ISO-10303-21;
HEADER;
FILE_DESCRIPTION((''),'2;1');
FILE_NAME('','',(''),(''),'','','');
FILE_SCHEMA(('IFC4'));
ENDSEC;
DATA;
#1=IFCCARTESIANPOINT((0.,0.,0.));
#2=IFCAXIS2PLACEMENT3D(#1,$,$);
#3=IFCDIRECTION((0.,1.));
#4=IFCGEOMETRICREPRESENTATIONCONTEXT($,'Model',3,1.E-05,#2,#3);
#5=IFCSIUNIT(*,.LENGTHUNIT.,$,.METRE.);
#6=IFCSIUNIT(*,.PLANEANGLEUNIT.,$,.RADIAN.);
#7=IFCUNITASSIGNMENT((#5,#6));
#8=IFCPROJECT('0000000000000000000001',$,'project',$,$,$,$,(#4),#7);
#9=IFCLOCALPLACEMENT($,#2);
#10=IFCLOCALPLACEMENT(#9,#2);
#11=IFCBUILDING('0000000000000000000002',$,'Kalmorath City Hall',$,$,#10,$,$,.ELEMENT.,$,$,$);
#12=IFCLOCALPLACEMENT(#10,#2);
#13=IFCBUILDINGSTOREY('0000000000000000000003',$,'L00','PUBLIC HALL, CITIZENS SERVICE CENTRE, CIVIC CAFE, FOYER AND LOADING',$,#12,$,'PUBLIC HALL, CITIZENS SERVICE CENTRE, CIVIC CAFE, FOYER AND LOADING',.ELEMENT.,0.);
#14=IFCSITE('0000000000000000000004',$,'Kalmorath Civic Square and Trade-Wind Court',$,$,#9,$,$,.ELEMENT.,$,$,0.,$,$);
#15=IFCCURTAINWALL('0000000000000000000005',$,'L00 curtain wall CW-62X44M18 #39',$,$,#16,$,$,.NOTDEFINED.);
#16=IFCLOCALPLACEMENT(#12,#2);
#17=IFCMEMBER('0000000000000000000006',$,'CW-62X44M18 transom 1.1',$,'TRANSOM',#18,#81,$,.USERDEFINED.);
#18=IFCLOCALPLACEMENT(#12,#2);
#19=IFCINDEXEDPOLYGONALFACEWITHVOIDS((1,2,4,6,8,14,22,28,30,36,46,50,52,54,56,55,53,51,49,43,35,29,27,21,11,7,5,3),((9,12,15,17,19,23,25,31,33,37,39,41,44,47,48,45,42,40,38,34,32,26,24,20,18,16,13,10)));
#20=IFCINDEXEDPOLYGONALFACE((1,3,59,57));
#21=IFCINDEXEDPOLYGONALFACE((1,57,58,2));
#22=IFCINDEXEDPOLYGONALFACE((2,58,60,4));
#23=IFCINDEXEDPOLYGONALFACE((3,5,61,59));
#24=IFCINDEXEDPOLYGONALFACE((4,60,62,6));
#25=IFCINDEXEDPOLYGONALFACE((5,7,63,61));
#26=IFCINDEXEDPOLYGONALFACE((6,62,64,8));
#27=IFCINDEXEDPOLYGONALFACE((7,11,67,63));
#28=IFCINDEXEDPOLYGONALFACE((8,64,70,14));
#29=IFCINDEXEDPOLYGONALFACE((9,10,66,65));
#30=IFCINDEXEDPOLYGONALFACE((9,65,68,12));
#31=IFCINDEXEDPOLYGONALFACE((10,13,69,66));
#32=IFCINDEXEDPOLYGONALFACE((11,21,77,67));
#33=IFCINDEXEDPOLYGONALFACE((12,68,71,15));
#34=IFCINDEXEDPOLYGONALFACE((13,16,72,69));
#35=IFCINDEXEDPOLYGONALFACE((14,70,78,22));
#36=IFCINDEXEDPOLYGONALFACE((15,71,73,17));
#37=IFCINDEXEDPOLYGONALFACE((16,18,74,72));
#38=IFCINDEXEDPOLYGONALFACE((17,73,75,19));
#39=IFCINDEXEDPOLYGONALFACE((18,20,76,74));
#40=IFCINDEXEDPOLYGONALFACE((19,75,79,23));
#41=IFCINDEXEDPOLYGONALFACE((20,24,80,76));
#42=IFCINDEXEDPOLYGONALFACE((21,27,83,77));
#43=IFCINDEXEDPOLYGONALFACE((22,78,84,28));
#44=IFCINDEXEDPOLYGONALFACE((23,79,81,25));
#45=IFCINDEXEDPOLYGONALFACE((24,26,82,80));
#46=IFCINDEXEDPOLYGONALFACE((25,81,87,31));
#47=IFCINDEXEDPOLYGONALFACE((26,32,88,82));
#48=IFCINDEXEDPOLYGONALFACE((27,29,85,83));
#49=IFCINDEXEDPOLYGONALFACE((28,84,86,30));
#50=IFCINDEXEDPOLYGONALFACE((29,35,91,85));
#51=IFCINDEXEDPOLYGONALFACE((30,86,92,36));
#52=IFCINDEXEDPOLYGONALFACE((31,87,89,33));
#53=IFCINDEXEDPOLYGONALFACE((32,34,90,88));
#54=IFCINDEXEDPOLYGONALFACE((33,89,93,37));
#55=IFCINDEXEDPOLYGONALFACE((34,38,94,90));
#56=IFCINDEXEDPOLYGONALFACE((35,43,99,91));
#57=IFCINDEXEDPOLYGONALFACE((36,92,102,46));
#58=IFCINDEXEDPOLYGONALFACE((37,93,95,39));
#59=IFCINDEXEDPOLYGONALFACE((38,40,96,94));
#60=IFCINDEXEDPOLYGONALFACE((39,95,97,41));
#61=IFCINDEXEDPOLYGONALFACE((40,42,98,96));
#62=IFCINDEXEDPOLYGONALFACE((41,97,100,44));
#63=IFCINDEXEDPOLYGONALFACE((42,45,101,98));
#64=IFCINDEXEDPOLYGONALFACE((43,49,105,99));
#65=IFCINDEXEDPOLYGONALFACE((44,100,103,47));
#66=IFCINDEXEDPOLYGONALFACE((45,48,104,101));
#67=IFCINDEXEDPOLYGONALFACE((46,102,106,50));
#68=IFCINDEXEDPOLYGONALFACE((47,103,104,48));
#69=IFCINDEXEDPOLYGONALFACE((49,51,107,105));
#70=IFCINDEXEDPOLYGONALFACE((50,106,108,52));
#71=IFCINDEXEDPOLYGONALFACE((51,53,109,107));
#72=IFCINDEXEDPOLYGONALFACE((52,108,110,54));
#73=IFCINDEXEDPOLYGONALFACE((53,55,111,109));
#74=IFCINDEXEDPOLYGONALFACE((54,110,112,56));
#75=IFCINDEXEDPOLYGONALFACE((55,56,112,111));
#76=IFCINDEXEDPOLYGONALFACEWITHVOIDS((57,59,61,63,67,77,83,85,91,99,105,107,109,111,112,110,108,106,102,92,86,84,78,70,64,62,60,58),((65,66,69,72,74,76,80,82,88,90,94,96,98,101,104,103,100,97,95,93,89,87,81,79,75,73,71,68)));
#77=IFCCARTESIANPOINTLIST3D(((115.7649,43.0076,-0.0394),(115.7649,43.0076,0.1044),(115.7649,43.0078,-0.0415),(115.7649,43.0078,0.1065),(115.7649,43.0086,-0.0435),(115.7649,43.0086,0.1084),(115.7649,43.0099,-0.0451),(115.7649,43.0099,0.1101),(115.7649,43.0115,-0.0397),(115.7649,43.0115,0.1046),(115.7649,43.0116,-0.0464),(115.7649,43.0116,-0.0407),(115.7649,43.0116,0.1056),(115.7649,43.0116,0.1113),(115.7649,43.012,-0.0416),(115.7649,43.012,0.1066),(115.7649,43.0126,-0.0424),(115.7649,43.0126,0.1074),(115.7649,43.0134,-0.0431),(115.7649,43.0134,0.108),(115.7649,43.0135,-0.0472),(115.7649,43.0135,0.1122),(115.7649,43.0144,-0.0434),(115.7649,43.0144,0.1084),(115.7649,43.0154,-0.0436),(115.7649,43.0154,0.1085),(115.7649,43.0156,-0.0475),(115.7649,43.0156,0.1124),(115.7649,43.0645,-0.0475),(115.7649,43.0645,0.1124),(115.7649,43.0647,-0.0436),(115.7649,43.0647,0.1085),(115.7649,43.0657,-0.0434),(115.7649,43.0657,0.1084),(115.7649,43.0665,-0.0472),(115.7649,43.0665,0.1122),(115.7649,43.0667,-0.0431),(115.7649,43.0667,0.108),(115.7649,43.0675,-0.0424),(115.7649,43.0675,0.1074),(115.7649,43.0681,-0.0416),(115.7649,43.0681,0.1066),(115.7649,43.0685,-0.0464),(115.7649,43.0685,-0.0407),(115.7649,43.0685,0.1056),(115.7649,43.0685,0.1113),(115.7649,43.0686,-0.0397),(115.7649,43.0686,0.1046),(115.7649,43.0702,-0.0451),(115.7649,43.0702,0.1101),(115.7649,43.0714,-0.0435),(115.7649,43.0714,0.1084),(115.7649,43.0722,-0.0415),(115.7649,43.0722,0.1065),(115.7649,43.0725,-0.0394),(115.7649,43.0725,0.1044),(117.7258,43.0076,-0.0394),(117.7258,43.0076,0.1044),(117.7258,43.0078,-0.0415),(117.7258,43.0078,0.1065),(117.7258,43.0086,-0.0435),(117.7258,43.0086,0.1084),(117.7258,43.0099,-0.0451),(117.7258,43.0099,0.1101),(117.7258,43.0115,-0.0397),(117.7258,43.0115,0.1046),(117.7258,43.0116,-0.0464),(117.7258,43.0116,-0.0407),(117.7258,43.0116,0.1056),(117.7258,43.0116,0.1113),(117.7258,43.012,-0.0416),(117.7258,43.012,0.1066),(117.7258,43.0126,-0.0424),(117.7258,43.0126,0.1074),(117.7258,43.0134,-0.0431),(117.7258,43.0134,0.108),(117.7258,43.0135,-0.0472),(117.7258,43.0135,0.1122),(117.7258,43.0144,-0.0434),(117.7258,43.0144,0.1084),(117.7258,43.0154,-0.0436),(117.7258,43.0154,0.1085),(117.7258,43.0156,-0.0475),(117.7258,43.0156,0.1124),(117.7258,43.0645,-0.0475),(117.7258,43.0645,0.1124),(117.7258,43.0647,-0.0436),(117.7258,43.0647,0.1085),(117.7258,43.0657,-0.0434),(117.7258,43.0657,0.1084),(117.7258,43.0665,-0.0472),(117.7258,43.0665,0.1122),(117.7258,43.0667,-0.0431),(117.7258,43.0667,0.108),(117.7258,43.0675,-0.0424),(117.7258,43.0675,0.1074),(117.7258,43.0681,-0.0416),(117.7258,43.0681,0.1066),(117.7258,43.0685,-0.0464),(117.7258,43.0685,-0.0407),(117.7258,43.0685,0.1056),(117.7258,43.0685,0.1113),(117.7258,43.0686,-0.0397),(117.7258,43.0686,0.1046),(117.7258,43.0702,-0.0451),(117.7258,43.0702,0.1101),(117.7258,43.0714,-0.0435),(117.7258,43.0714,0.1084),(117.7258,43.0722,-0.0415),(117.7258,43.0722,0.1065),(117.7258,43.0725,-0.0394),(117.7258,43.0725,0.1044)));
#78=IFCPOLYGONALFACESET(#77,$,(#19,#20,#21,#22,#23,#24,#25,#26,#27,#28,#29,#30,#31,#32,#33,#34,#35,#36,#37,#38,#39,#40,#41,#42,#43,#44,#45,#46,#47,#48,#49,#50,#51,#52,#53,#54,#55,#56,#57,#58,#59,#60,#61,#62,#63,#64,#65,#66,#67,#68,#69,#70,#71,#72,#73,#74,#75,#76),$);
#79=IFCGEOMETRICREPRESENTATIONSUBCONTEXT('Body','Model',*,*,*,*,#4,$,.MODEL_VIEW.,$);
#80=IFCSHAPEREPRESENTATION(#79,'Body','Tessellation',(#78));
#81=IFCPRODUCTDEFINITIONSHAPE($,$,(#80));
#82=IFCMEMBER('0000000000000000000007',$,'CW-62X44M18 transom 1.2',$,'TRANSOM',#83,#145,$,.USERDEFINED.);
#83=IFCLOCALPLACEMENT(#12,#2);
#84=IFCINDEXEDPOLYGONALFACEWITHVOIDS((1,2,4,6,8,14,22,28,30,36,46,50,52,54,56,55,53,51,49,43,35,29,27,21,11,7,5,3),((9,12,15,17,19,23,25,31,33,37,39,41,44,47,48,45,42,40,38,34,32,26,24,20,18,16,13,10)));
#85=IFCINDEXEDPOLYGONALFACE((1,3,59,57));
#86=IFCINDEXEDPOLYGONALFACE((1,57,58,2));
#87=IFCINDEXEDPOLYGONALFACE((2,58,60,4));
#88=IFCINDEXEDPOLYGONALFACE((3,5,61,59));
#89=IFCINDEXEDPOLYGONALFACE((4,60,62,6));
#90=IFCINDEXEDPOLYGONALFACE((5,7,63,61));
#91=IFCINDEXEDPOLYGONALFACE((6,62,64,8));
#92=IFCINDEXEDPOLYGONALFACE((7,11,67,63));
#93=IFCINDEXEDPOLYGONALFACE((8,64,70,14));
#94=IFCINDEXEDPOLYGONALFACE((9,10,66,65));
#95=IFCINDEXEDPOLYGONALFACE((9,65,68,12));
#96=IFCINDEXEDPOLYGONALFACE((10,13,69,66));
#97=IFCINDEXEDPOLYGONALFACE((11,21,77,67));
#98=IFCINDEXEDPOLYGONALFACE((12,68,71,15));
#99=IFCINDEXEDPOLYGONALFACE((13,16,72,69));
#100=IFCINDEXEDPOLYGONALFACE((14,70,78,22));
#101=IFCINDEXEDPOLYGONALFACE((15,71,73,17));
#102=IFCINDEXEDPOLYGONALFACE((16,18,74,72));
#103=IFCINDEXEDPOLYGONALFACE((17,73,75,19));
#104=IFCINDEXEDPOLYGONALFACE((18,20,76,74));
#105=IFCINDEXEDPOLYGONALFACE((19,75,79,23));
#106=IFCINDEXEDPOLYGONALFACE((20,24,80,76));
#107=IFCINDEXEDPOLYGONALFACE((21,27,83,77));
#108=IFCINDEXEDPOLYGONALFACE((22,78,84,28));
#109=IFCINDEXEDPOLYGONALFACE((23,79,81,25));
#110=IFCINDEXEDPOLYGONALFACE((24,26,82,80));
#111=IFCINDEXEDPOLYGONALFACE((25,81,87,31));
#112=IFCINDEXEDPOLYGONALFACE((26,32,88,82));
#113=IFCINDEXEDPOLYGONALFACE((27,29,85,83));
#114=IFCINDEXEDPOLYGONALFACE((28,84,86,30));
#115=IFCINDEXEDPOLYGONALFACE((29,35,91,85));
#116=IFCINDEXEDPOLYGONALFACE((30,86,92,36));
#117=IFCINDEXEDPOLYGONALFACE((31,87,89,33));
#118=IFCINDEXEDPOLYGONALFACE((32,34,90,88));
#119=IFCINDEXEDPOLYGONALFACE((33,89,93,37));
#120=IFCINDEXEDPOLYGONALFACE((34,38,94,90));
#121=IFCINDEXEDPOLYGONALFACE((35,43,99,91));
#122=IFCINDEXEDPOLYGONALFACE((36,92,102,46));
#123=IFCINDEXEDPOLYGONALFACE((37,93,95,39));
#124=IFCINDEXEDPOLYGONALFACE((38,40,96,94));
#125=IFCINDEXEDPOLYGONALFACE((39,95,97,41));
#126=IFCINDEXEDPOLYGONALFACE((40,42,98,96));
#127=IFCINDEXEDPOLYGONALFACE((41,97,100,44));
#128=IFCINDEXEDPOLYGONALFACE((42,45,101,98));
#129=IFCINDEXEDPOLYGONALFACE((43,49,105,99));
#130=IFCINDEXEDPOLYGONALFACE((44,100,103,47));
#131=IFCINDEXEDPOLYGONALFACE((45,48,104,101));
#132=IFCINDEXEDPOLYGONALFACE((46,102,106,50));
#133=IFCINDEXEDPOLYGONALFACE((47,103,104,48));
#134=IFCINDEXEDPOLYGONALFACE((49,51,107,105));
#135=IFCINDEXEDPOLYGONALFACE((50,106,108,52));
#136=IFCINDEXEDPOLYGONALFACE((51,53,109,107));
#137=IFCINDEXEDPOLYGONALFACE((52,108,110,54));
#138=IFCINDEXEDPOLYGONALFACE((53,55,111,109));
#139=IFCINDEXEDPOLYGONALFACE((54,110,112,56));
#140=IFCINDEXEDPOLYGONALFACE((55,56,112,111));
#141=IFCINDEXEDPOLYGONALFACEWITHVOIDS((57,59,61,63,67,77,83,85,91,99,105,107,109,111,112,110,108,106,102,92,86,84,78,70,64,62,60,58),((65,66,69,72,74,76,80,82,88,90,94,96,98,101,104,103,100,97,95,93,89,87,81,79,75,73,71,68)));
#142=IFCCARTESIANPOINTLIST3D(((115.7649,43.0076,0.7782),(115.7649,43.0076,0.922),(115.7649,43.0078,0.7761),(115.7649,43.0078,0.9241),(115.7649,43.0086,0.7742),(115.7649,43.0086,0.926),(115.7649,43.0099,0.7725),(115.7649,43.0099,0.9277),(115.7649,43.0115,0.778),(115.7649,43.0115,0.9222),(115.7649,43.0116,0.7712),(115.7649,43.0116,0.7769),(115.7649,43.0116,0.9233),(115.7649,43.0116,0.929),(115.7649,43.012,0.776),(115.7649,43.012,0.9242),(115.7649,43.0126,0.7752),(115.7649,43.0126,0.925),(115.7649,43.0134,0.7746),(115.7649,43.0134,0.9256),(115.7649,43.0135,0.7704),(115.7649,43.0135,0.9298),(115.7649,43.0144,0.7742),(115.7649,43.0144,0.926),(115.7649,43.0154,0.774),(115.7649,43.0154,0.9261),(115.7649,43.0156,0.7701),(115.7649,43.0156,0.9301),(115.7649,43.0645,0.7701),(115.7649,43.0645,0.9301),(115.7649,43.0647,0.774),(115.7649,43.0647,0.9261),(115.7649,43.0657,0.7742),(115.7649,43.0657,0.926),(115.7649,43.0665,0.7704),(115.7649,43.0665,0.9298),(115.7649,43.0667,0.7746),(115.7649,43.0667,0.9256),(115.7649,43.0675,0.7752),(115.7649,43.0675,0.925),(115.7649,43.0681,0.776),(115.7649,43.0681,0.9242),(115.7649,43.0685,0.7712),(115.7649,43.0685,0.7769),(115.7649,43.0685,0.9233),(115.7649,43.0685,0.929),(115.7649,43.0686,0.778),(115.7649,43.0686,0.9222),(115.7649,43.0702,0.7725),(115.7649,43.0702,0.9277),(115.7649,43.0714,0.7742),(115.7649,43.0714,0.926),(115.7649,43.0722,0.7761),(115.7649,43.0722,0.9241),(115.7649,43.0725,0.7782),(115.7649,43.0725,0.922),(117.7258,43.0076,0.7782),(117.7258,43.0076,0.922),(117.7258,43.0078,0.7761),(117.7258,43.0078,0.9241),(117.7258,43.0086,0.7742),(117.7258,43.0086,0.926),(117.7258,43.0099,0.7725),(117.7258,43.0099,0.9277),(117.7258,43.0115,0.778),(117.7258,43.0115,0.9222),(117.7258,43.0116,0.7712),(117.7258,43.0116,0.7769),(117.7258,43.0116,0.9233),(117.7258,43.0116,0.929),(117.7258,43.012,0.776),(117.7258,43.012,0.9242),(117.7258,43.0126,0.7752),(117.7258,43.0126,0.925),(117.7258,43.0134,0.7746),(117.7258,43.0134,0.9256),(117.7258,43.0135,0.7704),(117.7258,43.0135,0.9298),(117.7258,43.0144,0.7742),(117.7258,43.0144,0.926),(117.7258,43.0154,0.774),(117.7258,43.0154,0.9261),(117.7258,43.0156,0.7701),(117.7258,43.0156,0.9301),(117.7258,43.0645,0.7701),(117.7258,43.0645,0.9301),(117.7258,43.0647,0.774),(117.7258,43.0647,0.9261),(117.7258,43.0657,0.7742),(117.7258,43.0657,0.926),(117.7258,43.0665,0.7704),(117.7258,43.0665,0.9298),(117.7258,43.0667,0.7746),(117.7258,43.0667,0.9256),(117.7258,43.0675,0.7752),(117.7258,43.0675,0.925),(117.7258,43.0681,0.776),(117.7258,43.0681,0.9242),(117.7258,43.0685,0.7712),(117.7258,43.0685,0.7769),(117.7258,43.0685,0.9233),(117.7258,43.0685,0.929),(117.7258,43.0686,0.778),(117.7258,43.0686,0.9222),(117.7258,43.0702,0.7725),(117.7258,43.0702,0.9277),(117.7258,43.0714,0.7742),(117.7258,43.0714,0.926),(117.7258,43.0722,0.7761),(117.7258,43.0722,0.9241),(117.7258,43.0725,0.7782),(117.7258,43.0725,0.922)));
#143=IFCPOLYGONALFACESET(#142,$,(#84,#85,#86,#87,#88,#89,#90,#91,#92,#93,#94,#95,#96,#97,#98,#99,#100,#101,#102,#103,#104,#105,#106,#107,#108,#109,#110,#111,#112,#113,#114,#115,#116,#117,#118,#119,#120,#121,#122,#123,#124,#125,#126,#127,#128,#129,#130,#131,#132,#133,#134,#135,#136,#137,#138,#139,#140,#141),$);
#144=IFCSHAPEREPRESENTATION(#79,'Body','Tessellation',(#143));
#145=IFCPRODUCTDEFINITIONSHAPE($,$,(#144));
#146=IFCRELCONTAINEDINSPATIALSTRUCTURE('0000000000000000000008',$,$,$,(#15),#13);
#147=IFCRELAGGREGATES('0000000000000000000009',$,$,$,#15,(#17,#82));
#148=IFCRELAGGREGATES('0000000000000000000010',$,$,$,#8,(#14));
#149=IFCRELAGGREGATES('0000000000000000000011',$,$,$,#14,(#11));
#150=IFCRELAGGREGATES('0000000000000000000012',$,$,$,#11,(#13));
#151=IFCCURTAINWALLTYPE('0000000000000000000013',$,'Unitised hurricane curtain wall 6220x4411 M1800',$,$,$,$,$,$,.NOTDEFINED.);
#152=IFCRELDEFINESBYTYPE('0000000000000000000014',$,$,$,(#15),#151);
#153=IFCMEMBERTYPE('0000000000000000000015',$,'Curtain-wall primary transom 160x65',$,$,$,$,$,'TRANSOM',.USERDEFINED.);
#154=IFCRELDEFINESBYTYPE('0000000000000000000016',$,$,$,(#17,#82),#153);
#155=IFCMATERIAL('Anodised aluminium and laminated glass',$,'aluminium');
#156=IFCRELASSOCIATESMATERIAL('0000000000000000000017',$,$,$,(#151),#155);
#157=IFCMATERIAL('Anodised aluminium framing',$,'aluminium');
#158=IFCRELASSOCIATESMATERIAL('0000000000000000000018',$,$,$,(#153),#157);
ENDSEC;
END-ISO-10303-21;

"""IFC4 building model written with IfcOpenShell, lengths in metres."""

from ifc_helpers import new_model, si_unit, direction, frame, origin, origin_2d, place, context, subcontext, project, spatial, hollow_rectangle, extrude, material, material_profile, profile_set, type_object, element, aggregate, save


model = new_model("IFC4")

# Units and contexts
model_context = context("Model", 3, precision=1e-05, world=origin(), true_north=direction((0.0, 1.0)))
body_context = subcontext(model_context, "Body", "Model", "MODEL_VIEW")
ifc_project = project(units=[si_unit("LENGTHUNIT", "METRE"), si_unit("PLANEANGLEUNIT", "RADIAN")], contexts=[model_context])

# Site, building, storey
site_placement = place(None, origin())
site = spatial("IfcSite", under=ifc_project, at=site_placement, Name="Kalmorath Civic Square and Trade-Wind Court", CompositionType="ELEMENT", RefElevation=0.0)
building_placement = place(site_placement, origin())
building = spatial("IfcBuilding", under=site, at=building_placement, Name="Kalmorath City Hall", CompositionType="ELEMENT")
storey_placement = place(building_placement, origin())
storey = spatial("IfcBuildingStorey", under=building, at=storey_placement, Name="L00", Description="PUBLIC HALL, CITIZENS SERVICE CENTRE, CIVIC CAFE, FOYER AND LOADING", LongName="PUBLIC HALL, CITIZENS SERVICE CENTRE, CIVIC CAFE, FOYER AND LOADING", CompositionType="ELEMENT", Elevation=0.0)

# Curtain wall, members
ifc_material_1 = material(Name="Anodised aluminium and laminated glass", Category="aluminium")
curtain_wall_type = type_object("IfcCurtainWallType", Name="Unitised hurricane curtain wall 6220x4411 M1800", PredefinedType="NOTDEFINED", material=ifc_material_1)
curtain_wall_placement = place(storey_placement, origin())
curtain_wall = element("IfcCurtainWall", 1, at=curtain_wall_placement, inside=storey, type_object=curtain_wall_type, Name="L00 curtain wall CW-62X44M18 #39", PredefinedType="NOTDEFINED")
ifc_material_2 = material(Name="Anodised aluminium framing", Category="aluminium")
ifc_material_profile_1 = material_profile(ifc_material_2, hollow_rectangle(XDim=0.0649, YDim=0.1599, WallThickness=0.0039, InnerFilletRadius=0.0039, OuterFilletRadius=0.0081, at=origin_2d()), Name="ALU-TRN-160X65X4")
ifc_profile_set_1 = profile_set([ifc_material_profile_1], Name="Anodised aluminium framing")
member_type_1 = type_object("IfcMemberType", Name="Curtain-wall primary transom 160x65", ElementType="TRANSOM", PredefinedType="USERDEFINED", material=ifc_profile_set_1)
member_1_placement = place(storey_placement, frame((115.7649, 43.04, 0.0325), z_axis=(1.0, 0.0, 0.0), x_axis=(0.0, 1.0, 0.0)))
member_1 = element("IfcMember", 2, at=member_1_placement, type_object=member_type_1, Name="CW-62X44M18 transom 1.1", ObjectType="TRANSOM", PredefinedType="USERDEFINED", context=body_context, shape_type="SweptSolid", body=[
    extrude(hollow_rectangle(XDim=0.0649, YDim=0.1599, WallThickness=0.0039, InnerFilletRadius=0.0039, OuterFilletRadius=0.0081, at=origin_2d()), origin(), (0.0, 0.0, 1.0), 1.9609),
])
member_2_placement = place(storey_placement, frame((115.7649, 43.04, 0.8501), z_axis=(1.0, 0.0, 0.0), x_axis=(0.0, 1.0, 0.0)))
member_2 = element("IfcMember", 3, at=member_2_placement, type_object=member_type_1, Name="CW-62X44M18 transom 1.2", ObjectType="TRANSOM", PredefinedType="USERDEFINED", context=body_context, shape_type="SweptSolid", body=[
    extrude(hollow_rectangle(XDim=0.0649, YDim=0.1599, WallThickness=0.0039, InnerFilletRadius=0.0039, OuterFilletRadius=0.0081, at=origin_2d()), origin(), (0.0, 0.0, 1.0), 1.9609),
])
aggregate(curtain_wall, [member_1, member_2])

save(model, "model.ifc")
